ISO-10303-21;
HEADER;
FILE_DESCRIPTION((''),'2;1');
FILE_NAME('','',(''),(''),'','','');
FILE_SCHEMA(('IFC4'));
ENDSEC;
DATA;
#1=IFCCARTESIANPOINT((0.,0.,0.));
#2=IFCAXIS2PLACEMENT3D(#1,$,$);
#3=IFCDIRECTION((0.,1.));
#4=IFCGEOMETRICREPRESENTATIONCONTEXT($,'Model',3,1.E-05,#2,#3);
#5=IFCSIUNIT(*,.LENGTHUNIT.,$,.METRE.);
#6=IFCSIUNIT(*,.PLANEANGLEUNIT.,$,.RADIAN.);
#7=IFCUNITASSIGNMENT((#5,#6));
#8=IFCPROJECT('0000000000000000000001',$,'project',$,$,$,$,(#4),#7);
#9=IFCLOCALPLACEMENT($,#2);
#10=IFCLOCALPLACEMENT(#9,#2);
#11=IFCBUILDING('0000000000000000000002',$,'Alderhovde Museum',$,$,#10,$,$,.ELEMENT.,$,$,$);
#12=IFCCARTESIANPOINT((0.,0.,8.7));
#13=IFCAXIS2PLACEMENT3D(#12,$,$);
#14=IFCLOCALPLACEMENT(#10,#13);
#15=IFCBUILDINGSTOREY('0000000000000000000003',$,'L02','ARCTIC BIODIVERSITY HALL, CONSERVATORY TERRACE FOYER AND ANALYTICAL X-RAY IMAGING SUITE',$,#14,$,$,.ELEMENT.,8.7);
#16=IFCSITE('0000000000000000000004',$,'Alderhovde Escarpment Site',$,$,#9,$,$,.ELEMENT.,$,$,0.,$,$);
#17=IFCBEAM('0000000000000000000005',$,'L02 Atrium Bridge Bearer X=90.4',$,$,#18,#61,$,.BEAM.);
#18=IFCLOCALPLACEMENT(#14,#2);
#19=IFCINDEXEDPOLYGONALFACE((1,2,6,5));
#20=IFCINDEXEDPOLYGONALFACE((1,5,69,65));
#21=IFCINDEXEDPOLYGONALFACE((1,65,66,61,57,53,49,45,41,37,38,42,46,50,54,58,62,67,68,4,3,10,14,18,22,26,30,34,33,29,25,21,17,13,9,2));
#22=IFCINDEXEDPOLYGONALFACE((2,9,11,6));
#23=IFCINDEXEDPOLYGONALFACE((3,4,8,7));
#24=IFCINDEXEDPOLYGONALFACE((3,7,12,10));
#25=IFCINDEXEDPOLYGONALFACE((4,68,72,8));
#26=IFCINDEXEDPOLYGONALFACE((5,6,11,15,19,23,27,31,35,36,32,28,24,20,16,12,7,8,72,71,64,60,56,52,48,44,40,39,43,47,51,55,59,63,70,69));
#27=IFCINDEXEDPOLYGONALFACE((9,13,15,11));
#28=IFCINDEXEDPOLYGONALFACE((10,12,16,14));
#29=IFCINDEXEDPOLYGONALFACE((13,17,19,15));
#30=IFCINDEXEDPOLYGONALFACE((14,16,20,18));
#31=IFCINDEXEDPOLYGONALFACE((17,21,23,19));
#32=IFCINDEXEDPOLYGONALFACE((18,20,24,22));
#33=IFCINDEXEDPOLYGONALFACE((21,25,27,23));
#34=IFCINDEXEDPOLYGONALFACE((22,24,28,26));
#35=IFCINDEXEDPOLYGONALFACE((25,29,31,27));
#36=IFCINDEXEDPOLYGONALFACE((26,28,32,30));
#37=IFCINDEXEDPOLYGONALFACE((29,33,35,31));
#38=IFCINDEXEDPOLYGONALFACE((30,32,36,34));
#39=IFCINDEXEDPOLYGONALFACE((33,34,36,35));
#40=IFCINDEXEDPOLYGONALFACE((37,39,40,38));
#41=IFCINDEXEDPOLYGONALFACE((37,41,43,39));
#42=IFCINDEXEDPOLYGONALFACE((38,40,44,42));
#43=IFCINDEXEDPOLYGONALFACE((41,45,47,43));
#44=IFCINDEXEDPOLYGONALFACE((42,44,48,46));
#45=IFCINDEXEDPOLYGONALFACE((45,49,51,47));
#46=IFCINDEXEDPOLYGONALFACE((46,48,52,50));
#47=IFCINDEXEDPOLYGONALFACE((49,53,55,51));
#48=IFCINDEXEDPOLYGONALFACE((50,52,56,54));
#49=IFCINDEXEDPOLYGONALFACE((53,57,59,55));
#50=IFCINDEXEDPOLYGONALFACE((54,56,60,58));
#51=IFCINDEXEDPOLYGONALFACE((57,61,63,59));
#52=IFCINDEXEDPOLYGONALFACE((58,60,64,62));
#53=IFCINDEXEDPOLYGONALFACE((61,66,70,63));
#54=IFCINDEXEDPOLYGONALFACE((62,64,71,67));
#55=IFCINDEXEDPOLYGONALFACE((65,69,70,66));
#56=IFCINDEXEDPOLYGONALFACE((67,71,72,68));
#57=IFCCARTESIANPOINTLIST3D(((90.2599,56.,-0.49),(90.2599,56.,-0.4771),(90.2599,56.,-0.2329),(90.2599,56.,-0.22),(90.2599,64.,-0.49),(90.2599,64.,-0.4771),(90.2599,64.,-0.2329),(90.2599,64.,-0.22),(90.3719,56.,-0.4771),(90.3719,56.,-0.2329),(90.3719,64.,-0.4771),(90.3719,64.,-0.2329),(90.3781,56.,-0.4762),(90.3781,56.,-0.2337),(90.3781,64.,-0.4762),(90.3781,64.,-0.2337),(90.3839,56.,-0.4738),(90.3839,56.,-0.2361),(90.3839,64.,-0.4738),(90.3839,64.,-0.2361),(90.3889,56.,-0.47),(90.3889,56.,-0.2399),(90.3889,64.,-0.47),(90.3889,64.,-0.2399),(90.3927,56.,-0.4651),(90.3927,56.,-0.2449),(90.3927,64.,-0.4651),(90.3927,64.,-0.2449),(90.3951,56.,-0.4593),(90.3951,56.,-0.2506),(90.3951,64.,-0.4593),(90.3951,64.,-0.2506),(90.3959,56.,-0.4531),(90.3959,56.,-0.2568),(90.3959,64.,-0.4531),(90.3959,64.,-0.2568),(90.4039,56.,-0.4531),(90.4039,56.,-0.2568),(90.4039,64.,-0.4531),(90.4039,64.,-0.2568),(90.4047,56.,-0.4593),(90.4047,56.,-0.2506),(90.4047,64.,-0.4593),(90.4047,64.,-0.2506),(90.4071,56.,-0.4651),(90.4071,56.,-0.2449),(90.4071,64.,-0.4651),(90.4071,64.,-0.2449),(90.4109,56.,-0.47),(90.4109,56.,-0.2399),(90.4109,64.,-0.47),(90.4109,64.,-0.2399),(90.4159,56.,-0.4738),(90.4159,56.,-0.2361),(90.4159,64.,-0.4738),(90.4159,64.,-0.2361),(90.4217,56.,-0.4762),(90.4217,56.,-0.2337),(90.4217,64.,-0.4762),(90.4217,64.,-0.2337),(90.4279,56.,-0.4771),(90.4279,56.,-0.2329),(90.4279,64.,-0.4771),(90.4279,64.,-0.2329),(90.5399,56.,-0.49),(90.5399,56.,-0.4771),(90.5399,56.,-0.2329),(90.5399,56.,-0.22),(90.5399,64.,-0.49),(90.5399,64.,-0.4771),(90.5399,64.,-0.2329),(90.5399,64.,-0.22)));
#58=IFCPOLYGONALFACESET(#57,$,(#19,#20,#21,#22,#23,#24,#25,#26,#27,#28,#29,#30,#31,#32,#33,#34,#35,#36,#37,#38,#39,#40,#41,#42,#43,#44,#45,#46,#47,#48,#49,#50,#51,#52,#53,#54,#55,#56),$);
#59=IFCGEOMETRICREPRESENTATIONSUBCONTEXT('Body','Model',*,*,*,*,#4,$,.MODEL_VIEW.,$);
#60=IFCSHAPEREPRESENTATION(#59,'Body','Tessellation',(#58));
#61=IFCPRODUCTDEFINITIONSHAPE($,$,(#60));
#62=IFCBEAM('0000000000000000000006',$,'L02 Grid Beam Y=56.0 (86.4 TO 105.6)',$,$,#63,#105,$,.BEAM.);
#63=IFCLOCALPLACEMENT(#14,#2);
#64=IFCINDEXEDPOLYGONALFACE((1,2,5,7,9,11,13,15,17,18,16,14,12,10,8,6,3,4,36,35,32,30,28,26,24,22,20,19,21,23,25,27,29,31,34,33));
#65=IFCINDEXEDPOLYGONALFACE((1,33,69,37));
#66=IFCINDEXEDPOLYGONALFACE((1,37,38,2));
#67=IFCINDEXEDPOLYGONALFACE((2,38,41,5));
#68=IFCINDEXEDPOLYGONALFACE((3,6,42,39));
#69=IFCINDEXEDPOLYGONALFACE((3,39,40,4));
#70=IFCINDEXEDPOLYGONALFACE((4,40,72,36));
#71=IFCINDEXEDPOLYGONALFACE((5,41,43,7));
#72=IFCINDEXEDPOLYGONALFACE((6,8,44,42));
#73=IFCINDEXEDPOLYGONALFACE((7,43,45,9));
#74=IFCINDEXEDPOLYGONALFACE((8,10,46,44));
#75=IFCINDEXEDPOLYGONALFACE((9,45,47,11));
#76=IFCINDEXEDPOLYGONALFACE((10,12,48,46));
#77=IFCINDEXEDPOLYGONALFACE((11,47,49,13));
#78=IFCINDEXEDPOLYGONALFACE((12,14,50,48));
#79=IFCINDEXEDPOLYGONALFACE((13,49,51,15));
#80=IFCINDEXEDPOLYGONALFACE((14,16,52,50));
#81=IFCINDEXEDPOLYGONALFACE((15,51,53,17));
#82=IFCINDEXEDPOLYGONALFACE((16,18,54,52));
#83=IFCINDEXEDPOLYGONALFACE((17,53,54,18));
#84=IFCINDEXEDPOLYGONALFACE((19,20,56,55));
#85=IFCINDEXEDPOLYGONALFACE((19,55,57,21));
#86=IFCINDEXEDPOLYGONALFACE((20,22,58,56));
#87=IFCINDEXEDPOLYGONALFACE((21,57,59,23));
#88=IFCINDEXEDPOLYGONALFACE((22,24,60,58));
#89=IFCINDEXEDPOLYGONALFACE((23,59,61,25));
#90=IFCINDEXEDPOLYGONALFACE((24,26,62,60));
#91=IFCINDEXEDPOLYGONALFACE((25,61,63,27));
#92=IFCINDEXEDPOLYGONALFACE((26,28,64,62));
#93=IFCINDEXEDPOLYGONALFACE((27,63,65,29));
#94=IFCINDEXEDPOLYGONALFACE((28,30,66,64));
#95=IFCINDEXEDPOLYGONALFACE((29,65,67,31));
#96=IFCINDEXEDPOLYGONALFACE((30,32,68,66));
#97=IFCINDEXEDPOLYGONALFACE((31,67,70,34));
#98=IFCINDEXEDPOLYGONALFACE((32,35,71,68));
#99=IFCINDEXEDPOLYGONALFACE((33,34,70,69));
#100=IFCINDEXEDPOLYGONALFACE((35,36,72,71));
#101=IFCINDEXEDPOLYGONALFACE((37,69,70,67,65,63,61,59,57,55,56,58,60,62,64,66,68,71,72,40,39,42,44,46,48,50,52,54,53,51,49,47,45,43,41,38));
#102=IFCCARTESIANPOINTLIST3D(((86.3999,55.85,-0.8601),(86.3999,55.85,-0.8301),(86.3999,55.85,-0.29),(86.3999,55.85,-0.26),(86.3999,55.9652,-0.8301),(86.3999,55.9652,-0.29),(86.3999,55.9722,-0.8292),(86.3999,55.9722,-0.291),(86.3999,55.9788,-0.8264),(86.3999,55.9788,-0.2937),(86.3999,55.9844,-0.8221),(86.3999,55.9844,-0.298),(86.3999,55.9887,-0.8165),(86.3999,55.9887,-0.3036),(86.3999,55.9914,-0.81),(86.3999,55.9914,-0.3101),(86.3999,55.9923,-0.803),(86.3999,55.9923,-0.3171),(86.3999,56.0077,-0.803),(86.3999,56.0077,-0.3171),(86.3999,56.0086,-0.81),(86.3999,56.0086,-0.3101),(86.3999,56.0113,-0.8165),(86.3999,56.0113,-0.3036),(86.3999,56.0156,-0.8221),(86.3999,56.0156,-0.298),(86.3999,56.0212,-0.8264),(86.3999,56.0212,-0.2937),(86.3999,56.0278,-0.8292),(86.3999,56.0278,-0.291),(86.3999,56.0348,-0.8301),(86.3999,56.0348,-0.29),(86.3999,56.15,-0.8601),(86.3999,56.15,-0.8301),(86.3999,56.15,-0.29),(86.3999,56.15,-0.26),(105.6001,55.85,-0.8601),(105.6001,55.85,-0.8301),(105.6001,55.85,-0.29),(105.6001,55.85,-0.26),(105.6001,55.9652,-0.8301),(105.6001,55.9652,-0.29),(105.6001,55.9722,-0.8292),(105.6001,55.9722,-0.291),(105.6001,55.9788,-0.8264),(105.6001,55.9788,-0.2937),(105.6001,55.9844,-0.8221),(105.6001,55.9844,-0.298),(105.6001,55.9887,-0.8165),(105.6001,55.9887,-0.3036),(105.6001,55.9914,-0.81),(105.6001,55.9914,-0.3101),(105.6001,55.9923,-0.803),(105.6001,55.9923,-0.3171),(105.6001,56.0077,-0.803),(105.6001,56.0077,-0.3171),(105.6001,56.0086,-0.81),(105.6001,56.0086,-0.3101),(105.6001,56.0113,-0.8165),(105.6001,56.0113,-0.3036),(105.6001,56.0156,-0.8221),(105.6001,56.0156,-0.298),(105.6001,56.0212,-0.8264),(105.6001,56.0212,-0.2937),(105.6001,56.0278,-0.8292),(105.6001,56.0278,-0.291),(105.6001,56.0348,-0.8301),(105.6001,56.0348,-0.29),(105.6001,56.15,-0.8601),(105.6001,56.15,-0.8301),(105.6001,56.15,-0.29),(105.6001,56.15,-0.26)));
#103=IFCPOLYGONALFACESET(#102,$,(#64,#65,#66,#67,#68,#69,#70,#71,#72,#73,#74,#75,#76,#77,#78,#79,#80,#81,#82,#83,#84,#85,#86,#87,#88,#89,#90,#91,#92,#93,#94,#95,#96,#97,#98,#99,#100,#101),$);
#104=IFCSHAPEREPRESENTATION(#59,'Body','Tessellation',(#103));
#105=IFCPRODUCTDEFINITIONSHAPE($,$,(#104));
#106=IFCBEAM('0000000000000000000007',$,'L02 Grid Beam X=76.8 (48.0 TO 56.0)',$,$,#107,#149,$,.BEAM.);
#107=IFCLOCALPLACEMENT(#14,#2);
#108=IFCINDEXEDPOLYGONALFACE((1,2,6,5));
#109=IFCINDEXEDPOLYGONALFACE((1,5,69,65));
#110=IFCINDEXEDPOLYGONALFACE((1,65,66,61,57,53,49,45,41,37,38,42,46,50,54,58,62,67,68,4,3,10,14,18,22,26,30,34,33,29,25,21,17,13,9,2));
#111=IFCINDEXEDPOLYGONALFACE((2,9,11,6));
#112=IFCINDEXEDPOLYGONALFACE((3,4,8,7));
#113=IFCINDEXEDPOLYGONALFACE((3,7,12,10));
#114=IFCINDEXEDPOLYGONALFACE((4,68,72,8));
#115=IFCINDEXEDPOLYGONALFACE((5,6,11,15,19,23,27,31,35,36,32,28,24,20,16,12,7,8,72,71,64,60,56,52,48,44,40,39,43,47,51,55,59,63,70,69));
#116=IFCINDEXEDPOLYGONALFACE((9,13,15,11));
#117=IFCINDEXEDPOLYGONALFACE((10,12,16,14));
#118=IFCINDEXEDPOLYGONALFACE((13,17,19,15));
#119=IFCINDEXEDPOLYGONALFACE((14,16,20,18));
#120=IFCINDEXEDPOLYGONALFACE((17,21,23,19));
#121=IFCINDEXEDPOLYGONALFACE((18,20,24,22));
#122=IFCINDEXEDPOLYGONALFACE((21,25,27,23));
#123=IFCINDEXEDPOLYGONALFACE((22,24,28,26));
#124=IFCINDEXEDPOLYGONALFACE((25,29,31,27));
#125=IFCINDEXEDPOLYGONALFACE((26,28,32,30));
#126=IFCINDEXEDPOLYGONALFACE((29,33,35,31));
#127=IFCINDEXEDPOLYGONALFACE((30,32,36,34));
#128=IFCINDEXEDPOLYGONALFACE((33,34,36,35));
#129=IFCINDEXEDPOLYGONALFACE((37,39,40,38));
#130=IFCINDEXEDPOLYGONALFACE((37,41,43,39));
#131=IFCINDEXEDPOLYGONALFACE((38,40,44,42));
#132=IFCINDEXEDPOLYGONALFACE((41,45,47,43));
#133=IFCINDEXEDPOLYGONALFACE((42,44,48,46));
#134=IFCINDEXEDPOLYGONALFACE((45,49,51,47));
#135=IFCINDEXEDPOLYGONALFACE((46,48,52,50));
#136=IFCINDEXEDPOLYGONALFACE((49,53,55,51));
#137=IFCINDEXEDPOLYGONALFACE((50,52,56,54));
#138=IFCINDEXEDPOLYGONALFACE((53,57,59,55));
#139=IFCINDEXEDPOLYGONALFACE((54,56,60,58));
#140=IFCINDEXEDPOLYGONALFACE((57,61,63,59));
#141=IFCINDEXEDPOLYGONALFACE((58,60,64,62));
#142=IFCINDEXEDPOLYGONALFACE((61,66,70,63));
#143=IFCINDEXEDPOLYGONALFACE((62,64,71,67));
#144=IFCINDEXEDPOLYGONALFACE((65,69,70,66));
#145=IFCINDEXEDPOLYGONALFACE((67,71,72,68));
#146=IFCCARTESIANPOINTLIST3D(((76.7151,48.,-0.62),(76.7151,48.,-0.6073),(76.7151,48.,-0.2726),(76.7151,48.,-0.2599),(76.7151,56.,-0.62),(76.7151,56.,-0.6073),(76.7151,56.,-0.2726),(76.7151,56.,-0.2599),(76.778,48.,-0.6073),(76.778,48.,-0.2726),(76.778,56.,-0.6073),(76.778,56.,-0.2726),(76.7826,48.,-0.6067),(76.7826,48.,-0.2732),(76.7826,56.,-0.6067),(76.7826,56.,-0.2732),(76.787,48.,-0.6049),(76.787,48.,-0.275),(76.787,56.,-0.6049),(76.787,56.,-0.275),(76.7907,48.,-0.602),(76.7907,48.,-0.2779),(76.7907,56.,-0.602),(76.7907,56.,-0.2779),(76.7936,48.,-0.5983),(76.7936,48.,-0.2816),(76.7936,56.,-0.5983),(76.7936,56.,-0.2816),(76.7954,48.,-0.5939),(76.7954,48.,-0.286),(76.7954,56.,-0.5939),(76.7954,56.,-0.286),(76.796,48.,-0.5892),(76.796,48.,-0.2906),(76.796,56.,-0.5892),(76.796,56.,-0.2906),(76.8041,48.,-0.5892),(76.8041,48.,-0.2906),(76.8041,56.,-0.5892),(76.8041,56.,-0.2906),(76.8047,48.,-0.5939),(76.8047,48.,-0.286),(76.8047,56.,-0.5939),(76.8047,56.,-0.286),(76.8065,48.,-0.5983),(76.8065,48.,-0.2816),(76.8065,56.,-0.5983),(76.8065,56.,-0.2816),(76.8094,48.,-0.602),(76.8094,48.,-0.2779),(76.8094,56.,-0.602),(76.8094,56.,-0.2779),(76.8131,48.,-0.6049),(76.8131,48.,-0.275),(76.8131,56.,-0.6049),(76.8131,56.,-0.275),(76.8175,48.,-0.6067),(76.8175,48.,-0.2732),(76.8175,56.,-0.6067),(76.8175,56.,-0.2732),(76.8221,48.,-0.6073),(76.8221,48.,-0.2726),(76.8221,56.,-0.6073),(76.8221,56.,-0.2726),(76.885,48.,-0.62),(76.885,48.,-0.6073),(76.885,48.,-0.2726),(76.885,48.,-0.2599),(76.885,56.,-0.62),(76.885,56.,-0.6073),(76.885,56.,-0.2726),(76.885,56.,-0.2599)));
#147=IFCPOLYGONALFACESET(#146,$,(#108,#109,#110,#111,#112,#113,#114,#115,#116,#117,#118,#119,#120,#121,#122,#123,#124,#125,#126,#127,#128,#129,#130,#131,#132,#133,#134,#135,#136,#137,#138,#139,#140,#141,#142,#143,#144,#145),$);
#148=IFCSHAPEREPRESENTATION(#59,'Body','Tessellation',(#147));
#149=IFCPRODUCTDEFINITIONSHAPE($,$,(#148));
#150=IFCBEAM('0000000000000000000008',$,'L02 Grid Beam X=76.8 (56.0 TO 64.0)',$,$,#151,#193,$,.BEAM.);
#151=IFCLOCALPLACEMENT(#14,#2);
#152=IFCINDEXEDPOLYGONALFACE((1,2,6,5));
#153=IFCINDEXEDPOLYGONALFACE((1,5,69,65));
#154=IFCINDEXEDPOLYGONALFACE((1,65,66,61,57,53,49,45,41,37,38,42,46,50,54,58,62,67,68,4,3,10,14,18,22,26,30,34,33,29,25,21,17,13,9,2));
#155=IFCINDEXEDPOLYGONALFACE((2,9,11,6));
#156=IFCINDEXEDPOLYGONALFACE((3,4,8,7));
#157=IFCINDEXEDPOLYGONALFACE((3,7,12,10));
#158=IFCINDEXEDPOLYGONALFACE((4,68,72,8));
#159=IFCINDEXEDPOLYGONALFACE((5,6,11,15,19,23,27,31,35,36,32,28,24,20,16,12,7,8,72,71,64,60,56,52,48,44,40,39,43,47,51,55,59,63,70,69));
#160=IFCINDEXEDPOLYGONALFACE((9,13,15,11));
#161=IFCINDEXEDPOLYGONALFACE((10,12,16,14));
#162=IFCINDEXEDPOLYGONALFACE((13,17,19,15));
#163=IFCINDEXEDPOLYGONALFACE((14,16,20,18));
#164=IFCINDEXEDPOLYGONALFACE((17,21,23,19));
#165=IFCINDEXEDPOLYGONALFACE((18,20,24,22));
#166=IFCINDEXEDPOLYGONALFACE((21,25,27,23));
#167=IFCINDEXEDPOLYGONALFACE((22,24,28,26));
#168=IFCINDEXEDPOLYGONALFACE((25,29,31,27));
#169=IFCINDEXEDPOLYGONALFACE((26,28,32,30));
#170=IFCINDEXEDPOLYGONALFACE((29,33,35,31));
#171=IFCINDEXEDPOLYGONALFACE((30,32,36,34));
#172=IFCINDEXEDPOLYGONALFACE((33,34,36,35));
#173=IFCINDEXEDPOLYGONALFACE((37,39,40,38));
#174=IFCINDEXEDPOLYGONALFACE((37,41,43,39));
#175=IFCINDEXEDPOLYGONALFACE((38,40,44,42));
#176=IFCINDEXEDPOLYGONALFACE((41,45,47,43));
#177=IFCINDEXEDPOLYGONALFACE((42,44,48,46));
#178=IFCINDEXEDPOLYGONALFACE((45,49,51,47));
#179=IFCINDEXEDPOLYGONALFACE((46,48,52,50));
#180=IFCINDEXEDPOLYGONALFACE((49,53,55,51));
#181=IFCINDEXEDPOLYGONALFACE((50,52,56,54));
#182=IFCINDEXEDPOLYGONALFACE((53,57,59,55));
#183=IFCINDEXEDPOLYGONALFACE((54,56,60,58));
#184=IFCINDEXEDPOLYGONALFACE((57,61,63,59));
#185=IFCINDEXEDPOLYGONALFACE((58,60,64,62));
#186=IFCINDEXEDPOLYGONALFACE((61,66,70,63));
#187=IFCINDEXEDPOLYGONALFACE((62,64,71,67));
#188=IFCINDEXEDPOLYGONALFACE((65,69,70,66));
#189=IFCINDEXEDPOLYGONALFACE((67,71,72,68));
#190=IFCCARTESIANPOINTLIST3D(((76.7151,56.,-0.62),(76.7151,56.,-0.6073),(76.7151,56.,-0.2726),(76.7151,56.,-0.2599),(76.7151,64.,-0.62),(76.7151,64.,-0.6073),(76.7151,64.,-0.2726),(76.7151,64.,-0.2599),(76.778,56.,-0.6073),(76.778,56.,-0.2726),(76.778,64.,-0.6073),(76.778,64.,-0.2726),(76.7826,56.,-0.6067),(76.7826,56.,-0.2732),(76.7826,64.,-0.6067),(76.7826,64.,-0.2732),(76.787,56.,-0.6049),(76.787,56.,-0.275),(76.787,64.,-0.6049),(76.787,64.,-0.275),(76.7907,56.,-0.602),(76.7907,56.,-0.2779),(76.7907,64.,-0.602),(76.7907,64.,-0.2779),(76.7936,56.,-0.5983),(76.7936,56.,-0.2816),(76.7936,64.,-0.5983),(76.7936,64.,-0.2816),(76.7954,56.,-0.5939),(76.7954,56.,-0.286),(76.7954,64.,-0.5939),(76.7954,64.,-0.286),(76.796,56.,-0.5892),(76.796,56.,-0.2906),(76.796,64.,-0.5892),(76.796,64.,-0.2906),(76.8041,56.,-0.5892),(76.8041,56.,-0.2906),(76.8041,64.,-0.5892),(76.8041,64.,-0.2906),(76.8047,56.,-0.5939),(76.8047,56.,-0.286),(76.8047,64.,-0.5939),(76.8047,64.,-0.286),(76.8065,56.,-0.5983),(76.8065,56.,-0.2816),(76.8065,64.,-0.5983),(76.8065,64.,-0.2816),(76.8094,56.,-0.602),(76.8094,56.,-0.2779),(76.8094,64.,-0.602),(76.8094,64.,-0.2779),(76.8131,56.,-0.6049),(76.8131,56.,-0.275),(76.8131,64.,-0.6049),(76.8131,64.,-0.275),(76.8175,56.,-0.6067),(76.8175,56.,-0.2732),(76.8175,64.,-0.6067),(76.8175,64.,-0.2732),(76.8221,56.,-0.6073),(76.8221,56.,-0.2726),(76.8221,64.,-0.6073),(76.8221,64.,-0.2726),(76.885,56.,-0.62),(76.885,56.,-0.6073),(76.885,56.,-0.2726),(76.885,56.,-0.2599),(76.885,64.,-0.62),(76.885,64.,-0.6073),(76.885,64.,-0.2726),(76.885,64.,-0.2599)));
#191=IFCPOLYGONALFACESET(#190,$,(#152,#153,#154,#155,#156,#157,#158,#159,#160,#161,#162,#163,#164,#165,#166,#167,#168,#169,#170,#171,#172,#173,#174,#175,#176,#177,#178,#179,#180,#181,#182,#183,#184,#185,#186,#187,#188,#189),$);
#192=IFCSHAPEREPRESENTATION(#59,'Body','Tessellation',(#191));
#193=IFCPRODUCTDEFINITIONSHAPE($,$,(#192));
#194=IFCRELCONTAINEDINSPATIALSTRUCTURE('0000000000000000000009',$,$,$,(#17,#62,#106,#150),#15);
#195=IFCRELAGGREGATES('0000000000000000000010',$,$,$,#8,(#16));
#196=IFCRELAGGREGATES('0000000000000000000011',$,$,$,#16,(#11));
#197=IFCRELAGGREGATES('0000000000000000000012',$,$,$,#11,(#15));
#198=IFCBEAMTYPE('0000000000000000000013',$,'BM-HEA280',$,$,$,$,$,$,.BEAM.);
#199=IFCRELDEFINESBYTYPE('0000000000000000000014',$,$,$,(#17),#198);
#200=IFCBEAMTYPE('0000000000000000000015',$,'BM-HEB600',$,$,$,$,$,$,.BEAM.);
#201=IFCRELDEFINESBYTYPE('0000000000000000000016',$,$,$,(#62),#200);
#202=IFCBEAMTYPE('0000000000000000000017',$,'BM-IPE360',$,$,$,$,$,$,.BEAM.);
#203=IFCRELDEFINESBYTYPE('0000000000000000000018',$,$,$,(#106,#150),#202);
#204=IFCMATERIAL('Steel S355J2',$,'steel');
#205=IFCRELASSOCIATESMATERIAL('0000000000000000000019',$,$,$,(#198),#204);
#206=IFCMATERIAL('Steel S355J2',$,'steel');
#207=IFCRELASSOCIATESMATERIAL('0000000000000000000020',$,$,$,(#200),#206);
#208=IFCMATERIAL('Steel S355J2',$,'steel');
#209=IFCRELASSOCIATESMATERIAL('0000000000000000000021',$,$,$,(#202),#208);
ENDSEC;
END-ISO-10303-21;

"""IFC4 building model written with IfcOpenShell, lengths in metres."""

from ifc_helpers import new_model, si_unit, direction, frame, origin, origin_2d, place, context, subcontext, project, spatial, i_section, extrude, material, material_profile, profile_set, type_object, element, save


model = new_model("IFC4")

# Units and contexts
model_context = context("Model", 3, precision=1e-05, world=origin(), true_north=direction((0.0, 1.0)))
body_context = subcontext(model_context, "Body", "Model", "MODEL_VIEW")
ifc_project = project(units=[si_unit("LENGTHUNIT", "METRE"), si_unit("PLANEANGLEUNIT", "RADIAN")], contexts=[model_context])

# Site, building, storey
site_placement = place(None, origin())
site = spatial("IfcSite", under=ifc_project, at=site_placement, Name="Alderhovde Escarpment Site", CompositionType="ELEMENT", RefElevation=0.0)
building_placement = place(site_placement, origin())
building = spatial("IfcBuilding", under=site, at=building_placement, Name="Alderhovde Museum", CompositionType="ELEMENT")
storey_placement = place(building_placement, frame((0.0, 0.0, 8.7)))
storey = spatial("IfcBuildingStorey", under=building, at=storey_placement, Name="L02", Description="ARCTIC BIODIVERSITY HALL, CONSERVATORY TERRACE FOYER AND ANALYTICAL X-RAY IMAGING SUITE", CompositionType="ELEMENT", Elevation=8.7)

# Beams
ifc_material_1 = material(Name="Steel S355J2", Category="steel")
ifc_material_profile_1 = material_profile(ifc_material_1, i_section(OverallWidth=0.28, OverallDepth=0.27, WebThickness=0.0081, FlangeThickness=0.0129, FilletRadius=0.0239, at=origin_2d()), Name="HEA 280")
ifc_profile_set_1 = profile_set([ifc_material_profile_1], Name="Steel S355J2")
beam_type_1 = type_object("IfcBeamType", Name="BM-HEA280", PredefinedType="BEAM", material=ifc_profile_set_1)
beam_1_placement = place(storey_placement, frame((90.3999, 56.0, -0.355), z_axis=(0.0, 1.0, 0.0), x_axis=(-1.0, 0.0, 0.0)))
element("IfcBeam", 1, at=beam_1_placement, inside=storey, type_object=beam_type_1, Name="L02 Atrium Bridge Bearer X=90.4", PredefinedType="BEAM", context=body_context, shape_type="SweptSolid", body=[
    extrude(i_section(OverallWidth=0.28, OverallDepth=0.27, WebThickness=0.0081, FlangeThickness=0.0129, FilletRadius=0.0239, at=origin_2d()), origin(), (0.0, 0.0, 1.0), 8.0),
])
ifc_material_2 = material(Name="Steel S355J2", Category="steel")
ifc_material_profile_2 = material_profile(ifc_material_2, i_section(OverallWidth=0.3, OverallDepth=0.6001, WebThickness=0.0154, FlangeThickness=0.03, FilletRadius=0.0271, at=origin_2d()), Name="HEB 600")
ifc_profile_set_2 = profile_set([ifc_material_profile_2], Name="Steel S355J2")
beam_type_2 = type_object("IfcBeamType", Name="BM-HEB600", PredefinedType="BEAM", material=ifc_profile_set_2)
beam_2_placement = place(storey_placement, frame((86.3999, 56.0, -0.5601), z_axis=(1.0, 0.0, 0.0), x_axis=(0.0, 1.0, 0.0)))
element("IfcBeam", 2, at=beam_2_placement, inside=storey, type_object=beam_type_2, Name="L02 Grid Beam Y=56.0 (86.4 TO 105.6)", PredefinedType="BEAM", context=body_context, shape_type="SweptSolid", body=[
    extrude(i_section(OverallWidth=0.3, OverallDepth=0.6001, WebThickness=0.0154, FlangeThickness=0.03, FilletRadius=0.0271, at=origin_2d()), origin(), (0.0, 0.0, 1.0), 19.2002),
])
ifc_material_3 = material(Name="Steel S355J2", Category="steel")
ifc_material_profile_3 = material_profile(ifc_material_3, i_section(OverallWidth=0.1699, OverallDepth=0.3601, WebThickness=0.0081, FlangeThickness=0.0127, FilletRadius=0.0181, at=origin_2d()), Name="IPE 360")
ifc_profile_set_3 = profile_set([ifc_material_profile_3], Name="Steel S355J2")
beam_type_3 = type_object("IfcBeamType", Name="BM-IPE360", PredefinedType="BEAM", material=ifc_profile_set_3)
for number, where, z_axis, x_axis, name in (
    (3, (76.8, 48.0, -0.4399), (0.0, 1.0, 0.0), (-1.0, 0.0, 0.0), "L02 Grid Beam X=76.8 (48.0 TO 56.0)"),
    (4, (76.8, 56.0, -0.4399), (0.0, 1.0, 0.0), (-1.0, 0.0, 0.0), "L02 Grid Beam X=76.8 (56.0 TO 64.0)"),
):
    element("IfcBeam", number, at=place(storey_placement, frame(where, z_axis=z_axis, x_axis=x_axis)), inside=storey, type_object=beam_type_3, Name=name, PredefinedType="BEAM", context=body_context, shape_type="SweptSolid", body=[
        extrude(i_section(OverallWidth=0.1699, OverallDepth=0.3601, WebThickness=0.0081, FlangeThickness=0.0127, FilletRadius=0.0181, at=origin_2d()), origin(), (0.0, 0.0, 1.0), 8.0),
    ])

save(model, "model.ifc")
